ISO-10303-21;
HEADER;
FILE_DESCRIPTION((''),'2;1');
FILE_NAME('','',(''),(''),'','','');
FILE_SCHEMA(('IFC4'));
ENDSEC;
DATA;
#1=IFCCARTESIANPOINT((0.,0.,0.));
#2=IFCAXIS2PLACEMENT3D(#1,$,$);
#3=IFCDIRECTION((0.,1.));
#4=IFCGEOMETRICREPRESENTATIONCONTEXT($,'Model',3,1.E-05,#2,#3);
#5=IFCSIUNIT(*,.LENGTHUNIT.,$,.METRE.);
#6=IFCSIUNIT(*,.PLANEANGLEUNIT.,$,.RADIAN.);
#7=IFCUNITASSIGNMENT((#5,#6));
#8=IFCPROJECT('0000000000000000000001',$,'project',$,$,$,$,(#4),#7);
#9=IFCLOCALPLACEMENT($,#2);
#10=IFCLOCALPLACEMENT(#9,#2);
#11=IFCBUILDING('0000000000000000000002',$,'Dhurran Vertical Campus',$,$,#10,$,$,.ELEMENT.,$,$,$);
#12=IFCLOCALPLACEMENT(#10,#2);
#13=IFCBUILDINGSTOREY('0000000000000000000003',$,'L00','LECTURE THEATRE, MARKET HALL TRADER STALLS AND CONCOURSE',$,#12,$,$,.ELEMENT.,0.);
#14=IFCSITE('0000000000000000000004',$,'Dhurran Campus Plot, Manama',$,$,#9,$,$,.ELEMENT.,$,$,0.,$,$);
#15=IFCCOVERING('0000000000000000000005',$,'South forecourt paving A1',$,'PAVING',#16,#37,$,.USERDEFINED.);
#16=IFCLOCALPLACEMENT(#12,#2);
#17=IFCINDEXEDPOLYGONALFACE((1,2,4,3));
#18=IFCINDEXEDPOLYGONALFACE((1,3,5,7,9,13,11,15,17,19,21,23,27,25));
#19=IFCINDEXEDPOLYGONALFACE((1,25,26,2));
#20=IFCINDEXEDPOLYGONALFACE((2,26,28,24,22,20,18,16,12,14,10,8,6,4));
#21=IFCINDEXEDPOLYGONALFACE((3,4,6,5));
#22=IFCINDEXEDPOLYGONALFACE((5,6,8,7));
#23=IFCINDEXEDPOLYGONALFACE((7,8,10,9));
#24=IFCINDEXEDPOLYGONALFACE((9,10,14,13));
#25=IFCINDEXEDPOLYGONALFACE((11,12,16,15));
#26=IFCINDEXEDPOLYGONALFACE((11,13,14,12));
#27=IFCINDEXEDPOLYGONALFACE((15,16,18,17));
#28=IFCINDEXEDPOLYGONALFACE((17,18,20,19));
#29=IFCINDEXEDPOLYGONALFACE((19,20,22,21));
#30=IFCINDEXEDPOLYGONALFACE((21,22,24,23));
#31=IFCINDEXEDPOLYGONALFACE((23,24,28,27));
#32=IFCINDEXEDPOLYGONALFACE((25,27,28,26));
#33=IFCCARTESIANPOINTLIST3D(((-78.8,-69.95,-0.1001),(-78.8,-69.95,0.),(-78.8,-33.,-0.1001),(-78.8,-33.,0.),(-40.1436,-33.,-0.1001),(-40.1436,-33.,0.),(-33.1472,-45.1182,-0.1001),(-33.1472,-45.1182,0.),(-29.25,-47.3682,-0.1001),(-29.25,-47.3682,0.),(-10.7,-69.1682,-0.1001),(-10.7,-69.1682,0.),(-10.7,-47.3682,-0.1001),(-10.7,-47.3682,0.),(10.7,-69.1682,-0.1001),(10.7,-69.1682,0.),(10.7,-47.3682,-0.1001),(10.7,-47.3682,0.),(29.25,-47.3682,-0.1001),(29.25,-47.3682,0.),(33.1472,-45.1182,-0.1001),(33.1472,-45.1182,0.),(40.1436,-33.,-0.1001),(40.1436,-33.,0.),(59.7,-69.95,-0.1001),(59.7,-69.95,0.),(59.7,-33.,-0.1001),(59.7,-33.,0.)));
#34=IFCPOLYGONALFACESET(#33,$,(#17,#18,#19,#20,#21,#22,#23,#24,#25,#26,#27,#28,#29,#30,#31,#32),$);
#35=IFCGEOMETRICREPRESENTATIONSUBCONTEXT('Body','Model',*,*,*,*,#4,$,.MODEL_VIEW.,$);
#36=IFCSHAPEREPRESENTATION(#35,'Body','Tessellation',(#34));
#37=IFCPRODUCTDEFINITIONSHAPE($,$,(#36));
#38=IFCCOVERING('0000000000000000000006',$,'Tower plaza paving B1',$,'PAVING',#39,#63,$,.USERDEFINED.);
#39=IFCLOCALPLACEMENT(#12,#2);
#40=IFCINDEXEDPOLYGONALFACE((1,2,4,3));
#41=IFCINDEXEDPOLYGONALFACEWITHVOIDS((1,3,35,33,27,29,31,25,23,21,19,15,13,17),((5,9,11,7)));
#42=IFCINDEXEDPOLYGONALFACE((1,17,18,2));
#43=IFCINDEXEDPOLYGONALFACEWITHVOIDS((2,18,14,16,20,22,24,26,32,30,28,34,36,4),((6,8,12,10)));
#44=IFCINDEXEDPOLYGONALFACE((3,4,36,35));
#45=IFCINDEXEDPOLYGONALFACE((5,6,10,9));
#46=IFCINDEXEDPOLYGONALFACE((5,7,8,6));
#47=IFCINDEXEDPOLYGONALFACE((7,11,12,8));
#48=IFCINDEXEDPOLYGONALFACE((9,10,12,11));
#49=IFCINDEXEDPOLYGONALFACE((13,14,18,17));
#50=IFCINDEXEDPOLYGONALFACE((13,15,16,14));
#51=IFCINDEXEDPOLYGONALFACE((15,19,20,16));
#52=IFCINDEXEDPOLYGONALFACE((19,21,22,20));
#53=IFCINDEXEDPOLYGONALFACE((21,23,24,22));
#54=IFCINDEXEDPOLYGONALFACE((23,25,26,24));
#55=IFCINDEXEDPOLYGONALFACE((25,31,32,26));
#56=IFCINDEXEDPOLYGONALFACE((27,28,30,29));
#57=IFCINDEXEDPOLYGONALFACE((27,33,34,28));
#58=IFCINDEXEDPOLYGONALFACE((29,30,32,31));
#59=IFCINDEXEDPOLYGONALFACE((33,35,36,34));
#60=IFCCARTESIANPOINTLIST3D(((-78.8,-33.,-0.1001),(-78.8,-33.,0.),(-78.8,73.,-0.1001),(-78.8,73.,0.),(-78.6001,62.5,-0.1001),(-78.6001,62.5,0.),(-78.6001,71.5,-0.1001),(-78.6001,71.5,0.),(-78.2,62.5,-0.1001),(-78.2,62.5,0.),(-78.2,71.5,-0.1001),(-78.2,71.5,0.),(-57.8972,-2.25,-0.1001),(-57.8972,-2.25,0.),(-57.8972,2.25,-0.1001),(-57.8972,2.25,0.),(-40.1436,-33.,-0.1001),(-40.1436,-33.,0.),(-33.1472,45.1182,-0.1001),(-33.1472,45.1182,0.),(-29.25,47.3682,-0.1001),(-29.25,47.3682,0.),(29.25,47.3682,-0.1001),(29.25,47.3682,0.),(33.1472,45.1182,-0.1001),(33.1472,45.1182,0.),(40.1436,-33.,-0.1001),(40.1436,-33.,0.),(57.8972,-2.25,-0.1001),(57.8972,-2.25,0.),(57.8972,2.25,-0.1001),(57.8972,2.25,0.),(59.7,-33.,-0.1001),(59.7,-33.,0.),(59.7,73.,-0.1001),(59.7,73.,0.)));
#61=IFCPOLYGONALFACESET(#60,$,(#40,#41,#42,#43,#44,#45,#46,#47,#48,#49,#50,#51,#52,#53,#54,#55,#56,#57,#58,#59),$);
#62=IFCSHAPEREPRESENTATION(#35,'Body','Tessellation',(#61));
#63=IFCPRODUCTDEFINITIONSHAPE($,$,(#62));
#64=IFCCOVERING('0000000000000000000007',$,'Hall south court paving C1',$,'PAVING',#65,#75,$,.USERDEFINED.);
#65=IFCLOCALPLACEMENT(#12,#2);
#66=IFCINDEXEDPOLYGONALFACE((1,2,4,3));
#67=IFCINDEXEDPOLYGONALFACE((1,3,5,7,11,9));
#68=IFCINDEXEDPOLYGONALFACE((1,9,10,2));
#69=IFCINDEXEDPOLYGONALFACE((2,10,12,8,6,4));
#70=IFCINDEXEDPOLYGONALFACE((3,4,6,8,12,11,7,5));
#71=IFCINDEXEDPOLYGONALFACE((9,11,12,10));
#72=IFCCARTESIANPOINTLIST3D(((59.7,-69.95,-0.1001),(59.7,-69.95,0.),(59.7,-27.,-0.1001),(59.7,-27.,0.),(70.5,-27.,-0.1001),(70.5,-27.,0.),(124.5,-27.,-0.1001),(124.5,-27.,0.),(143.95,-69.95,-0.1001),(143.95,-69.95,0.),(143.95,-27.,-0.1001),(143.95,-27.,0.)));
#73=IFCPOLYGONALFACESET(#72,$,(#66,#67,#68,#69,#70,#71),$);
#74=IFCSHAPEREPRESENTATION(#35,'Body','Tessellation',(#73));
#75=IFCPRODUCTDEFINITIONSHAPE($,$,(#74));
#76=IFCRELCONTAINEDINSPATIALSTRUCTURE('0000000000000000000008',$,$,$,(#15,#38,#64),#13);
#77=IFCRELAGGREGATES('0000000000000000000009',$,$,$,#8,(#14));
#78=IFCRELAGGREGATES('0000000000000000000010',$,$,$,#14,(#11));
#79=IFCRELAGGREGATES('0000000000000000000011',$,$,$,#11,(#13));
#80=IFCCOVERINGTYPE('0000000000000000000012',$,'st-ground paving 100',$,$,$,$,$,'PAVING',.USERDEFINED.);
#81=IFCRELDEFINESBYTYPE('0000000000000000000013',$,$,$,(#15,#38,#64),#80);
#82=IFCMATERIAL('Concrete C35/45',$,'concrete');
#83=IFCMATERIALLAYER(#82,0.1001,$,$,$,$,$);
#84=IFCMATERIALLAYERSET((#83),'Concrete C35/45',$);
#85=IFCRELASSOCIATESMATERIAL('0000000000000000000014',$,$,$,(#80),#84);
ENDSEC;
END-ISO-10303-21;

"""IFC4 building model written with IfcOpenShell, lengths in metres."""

from ifc_helpers import new_model, si_unit, direction, frame, origin, place, context, subcontext, project, spatial, polyline, outline, extrude, material, layer, layer_set, type_object, element, save


model = new_model("IFC4")

# Units and contexts
model_context = context("Model", 3, precision=1e-05, world=origin(), true_north=direction((0.0, 1.0)))
body_context = subcontext(model_context, "Body", "Model", "MODEL_VIEW")
ifc_project = project(units=[si_unit("LENGTHUNIT", "METRE"), si_unit("PLANEANGLEUNIT", "RADIAN")], contexts=[model_context])

# Site, building, storey
site_placement = place(None, origin())
site = spatial("IfcSite", under=ifc_project, at=site_placement, Name="Dhurran Campus Plot, Manama", CompositionType="ELEMENT", RefElevation=0.0)
building_placement = place(site_placement, origin())
building = spatial("IfcBuilding", under=site, at=building_placement, Name="Dhurran Vertical Campus", CompositionType="ELEMENT")
storey_placement = place(building_placement, origin())
storey = spatial("IfcBuildingStorey", under=building, at=storey_placement, Name="L00", Description="LECTURE THEATRE, MARKET HALL TRADER STALLS AND CONCOURSE", CompositionType="ELEMENT", Elevation=0.0)

# Coverings
ifc_material_1 = material(Name="Concrete C35/45", Category="concrete")
ifc_layer_1 = layer(ifc_material_1, 0.1001)
ifc_layer_set_1 = layer_set([ifc_layer_1], Name="Concrete C35/45")
covering_type = type_object("IfcCoveringType", Name="st-ground paving 100", ElementType="PAVING", PredefinedType="USERDEFINED", material=ifc_layer_set_1)
covering_1_placement = place(storey_placement, frame((0.0, 0.0, -0.1001)))
element("IfcCovering", 1, at=covering_1_placement, inside=storey, type_object=covering_type, Name="South forecourt paving A1", ObjectType="PAVING", PredefinedType="USERDEFINED", context=body_context, shape_type="SweptSolid", body=[
    extrude(outline(polyline([(59.7, -69.95), (59.7, -33.0), (40.1436, -33.0), (33.1472, -45.1182), (29.25, -47.3682), (10.7, -47.3682), (10.7, -69.1682), (-10.7, -69.1682), (-10.7, -47.3682), (-29.25, -47.3682), (-33.1472, -45.1182), (-40.1436, -33.0), (-78.8, -33.0), (-78.8, -69.95), (59.7, -69.95)])), origin(), (0.0, 0.0, 1.0), 0.1001),
])
covering_2_placement = place(storey_placement, frame((0.0, 0.0, -0.1001)))
element("IfcCovering", 2, at=covering_2_placement, inside=storey, type_object=covering_type, Name="Tower plaza paving B1", ObjectType="PAVING", PredefinedType="USERDEFINED", context=body_context, shape_type="SweptSolid", body=[
    extrude(outline(polyline([(-78.8, -33.0), (-40.1436, -33.0), (-57.8972, -2.25), (-57.8972, 2.25), (-33.1472, 45.1182), (-29.25, 47.3682), (29.25, 47.3682), (33.1472, 45.1182), (57.8972, 2.25), (57.8972, -2.25), (40.1436, -33.0), (59.7, -33.0), (59.7, 73.0), (-78.8, 73.0), (-78.8, -33.0)]), holes=[polyline([(-78.2, 71.5), (-78.2, 62.5), (-78.6001, 62.5), (-78.6001, 71.5), (-78.2, 71.5)])]), origin(), (0.0, 0.0, 1.0), 0.1001),
])
covering_3_placement = place(storey_placement, frame((0.0, 0.0, -0.1001)))
element("IfcCovering", 3, at=covering_3_placement, inside=storey, type_object=covering_type, Name="Hall south court paving C1", ObjectType="PAVING", PredefinedType="USERDEFINED", context=body_context, shape_type="SweptSolid", body=[
    extrude(outline(polyline([(143.95, -27.0), (124.5, -27.0), (70.5, -27.0), (59.7, -27.0), (59.7, -69.95), (143.95, -69.95), (143.95, -27.0)])), origin(), (0.0, 0.0, 1.0), 0.1001),
])

save(model, "model.ifc")
